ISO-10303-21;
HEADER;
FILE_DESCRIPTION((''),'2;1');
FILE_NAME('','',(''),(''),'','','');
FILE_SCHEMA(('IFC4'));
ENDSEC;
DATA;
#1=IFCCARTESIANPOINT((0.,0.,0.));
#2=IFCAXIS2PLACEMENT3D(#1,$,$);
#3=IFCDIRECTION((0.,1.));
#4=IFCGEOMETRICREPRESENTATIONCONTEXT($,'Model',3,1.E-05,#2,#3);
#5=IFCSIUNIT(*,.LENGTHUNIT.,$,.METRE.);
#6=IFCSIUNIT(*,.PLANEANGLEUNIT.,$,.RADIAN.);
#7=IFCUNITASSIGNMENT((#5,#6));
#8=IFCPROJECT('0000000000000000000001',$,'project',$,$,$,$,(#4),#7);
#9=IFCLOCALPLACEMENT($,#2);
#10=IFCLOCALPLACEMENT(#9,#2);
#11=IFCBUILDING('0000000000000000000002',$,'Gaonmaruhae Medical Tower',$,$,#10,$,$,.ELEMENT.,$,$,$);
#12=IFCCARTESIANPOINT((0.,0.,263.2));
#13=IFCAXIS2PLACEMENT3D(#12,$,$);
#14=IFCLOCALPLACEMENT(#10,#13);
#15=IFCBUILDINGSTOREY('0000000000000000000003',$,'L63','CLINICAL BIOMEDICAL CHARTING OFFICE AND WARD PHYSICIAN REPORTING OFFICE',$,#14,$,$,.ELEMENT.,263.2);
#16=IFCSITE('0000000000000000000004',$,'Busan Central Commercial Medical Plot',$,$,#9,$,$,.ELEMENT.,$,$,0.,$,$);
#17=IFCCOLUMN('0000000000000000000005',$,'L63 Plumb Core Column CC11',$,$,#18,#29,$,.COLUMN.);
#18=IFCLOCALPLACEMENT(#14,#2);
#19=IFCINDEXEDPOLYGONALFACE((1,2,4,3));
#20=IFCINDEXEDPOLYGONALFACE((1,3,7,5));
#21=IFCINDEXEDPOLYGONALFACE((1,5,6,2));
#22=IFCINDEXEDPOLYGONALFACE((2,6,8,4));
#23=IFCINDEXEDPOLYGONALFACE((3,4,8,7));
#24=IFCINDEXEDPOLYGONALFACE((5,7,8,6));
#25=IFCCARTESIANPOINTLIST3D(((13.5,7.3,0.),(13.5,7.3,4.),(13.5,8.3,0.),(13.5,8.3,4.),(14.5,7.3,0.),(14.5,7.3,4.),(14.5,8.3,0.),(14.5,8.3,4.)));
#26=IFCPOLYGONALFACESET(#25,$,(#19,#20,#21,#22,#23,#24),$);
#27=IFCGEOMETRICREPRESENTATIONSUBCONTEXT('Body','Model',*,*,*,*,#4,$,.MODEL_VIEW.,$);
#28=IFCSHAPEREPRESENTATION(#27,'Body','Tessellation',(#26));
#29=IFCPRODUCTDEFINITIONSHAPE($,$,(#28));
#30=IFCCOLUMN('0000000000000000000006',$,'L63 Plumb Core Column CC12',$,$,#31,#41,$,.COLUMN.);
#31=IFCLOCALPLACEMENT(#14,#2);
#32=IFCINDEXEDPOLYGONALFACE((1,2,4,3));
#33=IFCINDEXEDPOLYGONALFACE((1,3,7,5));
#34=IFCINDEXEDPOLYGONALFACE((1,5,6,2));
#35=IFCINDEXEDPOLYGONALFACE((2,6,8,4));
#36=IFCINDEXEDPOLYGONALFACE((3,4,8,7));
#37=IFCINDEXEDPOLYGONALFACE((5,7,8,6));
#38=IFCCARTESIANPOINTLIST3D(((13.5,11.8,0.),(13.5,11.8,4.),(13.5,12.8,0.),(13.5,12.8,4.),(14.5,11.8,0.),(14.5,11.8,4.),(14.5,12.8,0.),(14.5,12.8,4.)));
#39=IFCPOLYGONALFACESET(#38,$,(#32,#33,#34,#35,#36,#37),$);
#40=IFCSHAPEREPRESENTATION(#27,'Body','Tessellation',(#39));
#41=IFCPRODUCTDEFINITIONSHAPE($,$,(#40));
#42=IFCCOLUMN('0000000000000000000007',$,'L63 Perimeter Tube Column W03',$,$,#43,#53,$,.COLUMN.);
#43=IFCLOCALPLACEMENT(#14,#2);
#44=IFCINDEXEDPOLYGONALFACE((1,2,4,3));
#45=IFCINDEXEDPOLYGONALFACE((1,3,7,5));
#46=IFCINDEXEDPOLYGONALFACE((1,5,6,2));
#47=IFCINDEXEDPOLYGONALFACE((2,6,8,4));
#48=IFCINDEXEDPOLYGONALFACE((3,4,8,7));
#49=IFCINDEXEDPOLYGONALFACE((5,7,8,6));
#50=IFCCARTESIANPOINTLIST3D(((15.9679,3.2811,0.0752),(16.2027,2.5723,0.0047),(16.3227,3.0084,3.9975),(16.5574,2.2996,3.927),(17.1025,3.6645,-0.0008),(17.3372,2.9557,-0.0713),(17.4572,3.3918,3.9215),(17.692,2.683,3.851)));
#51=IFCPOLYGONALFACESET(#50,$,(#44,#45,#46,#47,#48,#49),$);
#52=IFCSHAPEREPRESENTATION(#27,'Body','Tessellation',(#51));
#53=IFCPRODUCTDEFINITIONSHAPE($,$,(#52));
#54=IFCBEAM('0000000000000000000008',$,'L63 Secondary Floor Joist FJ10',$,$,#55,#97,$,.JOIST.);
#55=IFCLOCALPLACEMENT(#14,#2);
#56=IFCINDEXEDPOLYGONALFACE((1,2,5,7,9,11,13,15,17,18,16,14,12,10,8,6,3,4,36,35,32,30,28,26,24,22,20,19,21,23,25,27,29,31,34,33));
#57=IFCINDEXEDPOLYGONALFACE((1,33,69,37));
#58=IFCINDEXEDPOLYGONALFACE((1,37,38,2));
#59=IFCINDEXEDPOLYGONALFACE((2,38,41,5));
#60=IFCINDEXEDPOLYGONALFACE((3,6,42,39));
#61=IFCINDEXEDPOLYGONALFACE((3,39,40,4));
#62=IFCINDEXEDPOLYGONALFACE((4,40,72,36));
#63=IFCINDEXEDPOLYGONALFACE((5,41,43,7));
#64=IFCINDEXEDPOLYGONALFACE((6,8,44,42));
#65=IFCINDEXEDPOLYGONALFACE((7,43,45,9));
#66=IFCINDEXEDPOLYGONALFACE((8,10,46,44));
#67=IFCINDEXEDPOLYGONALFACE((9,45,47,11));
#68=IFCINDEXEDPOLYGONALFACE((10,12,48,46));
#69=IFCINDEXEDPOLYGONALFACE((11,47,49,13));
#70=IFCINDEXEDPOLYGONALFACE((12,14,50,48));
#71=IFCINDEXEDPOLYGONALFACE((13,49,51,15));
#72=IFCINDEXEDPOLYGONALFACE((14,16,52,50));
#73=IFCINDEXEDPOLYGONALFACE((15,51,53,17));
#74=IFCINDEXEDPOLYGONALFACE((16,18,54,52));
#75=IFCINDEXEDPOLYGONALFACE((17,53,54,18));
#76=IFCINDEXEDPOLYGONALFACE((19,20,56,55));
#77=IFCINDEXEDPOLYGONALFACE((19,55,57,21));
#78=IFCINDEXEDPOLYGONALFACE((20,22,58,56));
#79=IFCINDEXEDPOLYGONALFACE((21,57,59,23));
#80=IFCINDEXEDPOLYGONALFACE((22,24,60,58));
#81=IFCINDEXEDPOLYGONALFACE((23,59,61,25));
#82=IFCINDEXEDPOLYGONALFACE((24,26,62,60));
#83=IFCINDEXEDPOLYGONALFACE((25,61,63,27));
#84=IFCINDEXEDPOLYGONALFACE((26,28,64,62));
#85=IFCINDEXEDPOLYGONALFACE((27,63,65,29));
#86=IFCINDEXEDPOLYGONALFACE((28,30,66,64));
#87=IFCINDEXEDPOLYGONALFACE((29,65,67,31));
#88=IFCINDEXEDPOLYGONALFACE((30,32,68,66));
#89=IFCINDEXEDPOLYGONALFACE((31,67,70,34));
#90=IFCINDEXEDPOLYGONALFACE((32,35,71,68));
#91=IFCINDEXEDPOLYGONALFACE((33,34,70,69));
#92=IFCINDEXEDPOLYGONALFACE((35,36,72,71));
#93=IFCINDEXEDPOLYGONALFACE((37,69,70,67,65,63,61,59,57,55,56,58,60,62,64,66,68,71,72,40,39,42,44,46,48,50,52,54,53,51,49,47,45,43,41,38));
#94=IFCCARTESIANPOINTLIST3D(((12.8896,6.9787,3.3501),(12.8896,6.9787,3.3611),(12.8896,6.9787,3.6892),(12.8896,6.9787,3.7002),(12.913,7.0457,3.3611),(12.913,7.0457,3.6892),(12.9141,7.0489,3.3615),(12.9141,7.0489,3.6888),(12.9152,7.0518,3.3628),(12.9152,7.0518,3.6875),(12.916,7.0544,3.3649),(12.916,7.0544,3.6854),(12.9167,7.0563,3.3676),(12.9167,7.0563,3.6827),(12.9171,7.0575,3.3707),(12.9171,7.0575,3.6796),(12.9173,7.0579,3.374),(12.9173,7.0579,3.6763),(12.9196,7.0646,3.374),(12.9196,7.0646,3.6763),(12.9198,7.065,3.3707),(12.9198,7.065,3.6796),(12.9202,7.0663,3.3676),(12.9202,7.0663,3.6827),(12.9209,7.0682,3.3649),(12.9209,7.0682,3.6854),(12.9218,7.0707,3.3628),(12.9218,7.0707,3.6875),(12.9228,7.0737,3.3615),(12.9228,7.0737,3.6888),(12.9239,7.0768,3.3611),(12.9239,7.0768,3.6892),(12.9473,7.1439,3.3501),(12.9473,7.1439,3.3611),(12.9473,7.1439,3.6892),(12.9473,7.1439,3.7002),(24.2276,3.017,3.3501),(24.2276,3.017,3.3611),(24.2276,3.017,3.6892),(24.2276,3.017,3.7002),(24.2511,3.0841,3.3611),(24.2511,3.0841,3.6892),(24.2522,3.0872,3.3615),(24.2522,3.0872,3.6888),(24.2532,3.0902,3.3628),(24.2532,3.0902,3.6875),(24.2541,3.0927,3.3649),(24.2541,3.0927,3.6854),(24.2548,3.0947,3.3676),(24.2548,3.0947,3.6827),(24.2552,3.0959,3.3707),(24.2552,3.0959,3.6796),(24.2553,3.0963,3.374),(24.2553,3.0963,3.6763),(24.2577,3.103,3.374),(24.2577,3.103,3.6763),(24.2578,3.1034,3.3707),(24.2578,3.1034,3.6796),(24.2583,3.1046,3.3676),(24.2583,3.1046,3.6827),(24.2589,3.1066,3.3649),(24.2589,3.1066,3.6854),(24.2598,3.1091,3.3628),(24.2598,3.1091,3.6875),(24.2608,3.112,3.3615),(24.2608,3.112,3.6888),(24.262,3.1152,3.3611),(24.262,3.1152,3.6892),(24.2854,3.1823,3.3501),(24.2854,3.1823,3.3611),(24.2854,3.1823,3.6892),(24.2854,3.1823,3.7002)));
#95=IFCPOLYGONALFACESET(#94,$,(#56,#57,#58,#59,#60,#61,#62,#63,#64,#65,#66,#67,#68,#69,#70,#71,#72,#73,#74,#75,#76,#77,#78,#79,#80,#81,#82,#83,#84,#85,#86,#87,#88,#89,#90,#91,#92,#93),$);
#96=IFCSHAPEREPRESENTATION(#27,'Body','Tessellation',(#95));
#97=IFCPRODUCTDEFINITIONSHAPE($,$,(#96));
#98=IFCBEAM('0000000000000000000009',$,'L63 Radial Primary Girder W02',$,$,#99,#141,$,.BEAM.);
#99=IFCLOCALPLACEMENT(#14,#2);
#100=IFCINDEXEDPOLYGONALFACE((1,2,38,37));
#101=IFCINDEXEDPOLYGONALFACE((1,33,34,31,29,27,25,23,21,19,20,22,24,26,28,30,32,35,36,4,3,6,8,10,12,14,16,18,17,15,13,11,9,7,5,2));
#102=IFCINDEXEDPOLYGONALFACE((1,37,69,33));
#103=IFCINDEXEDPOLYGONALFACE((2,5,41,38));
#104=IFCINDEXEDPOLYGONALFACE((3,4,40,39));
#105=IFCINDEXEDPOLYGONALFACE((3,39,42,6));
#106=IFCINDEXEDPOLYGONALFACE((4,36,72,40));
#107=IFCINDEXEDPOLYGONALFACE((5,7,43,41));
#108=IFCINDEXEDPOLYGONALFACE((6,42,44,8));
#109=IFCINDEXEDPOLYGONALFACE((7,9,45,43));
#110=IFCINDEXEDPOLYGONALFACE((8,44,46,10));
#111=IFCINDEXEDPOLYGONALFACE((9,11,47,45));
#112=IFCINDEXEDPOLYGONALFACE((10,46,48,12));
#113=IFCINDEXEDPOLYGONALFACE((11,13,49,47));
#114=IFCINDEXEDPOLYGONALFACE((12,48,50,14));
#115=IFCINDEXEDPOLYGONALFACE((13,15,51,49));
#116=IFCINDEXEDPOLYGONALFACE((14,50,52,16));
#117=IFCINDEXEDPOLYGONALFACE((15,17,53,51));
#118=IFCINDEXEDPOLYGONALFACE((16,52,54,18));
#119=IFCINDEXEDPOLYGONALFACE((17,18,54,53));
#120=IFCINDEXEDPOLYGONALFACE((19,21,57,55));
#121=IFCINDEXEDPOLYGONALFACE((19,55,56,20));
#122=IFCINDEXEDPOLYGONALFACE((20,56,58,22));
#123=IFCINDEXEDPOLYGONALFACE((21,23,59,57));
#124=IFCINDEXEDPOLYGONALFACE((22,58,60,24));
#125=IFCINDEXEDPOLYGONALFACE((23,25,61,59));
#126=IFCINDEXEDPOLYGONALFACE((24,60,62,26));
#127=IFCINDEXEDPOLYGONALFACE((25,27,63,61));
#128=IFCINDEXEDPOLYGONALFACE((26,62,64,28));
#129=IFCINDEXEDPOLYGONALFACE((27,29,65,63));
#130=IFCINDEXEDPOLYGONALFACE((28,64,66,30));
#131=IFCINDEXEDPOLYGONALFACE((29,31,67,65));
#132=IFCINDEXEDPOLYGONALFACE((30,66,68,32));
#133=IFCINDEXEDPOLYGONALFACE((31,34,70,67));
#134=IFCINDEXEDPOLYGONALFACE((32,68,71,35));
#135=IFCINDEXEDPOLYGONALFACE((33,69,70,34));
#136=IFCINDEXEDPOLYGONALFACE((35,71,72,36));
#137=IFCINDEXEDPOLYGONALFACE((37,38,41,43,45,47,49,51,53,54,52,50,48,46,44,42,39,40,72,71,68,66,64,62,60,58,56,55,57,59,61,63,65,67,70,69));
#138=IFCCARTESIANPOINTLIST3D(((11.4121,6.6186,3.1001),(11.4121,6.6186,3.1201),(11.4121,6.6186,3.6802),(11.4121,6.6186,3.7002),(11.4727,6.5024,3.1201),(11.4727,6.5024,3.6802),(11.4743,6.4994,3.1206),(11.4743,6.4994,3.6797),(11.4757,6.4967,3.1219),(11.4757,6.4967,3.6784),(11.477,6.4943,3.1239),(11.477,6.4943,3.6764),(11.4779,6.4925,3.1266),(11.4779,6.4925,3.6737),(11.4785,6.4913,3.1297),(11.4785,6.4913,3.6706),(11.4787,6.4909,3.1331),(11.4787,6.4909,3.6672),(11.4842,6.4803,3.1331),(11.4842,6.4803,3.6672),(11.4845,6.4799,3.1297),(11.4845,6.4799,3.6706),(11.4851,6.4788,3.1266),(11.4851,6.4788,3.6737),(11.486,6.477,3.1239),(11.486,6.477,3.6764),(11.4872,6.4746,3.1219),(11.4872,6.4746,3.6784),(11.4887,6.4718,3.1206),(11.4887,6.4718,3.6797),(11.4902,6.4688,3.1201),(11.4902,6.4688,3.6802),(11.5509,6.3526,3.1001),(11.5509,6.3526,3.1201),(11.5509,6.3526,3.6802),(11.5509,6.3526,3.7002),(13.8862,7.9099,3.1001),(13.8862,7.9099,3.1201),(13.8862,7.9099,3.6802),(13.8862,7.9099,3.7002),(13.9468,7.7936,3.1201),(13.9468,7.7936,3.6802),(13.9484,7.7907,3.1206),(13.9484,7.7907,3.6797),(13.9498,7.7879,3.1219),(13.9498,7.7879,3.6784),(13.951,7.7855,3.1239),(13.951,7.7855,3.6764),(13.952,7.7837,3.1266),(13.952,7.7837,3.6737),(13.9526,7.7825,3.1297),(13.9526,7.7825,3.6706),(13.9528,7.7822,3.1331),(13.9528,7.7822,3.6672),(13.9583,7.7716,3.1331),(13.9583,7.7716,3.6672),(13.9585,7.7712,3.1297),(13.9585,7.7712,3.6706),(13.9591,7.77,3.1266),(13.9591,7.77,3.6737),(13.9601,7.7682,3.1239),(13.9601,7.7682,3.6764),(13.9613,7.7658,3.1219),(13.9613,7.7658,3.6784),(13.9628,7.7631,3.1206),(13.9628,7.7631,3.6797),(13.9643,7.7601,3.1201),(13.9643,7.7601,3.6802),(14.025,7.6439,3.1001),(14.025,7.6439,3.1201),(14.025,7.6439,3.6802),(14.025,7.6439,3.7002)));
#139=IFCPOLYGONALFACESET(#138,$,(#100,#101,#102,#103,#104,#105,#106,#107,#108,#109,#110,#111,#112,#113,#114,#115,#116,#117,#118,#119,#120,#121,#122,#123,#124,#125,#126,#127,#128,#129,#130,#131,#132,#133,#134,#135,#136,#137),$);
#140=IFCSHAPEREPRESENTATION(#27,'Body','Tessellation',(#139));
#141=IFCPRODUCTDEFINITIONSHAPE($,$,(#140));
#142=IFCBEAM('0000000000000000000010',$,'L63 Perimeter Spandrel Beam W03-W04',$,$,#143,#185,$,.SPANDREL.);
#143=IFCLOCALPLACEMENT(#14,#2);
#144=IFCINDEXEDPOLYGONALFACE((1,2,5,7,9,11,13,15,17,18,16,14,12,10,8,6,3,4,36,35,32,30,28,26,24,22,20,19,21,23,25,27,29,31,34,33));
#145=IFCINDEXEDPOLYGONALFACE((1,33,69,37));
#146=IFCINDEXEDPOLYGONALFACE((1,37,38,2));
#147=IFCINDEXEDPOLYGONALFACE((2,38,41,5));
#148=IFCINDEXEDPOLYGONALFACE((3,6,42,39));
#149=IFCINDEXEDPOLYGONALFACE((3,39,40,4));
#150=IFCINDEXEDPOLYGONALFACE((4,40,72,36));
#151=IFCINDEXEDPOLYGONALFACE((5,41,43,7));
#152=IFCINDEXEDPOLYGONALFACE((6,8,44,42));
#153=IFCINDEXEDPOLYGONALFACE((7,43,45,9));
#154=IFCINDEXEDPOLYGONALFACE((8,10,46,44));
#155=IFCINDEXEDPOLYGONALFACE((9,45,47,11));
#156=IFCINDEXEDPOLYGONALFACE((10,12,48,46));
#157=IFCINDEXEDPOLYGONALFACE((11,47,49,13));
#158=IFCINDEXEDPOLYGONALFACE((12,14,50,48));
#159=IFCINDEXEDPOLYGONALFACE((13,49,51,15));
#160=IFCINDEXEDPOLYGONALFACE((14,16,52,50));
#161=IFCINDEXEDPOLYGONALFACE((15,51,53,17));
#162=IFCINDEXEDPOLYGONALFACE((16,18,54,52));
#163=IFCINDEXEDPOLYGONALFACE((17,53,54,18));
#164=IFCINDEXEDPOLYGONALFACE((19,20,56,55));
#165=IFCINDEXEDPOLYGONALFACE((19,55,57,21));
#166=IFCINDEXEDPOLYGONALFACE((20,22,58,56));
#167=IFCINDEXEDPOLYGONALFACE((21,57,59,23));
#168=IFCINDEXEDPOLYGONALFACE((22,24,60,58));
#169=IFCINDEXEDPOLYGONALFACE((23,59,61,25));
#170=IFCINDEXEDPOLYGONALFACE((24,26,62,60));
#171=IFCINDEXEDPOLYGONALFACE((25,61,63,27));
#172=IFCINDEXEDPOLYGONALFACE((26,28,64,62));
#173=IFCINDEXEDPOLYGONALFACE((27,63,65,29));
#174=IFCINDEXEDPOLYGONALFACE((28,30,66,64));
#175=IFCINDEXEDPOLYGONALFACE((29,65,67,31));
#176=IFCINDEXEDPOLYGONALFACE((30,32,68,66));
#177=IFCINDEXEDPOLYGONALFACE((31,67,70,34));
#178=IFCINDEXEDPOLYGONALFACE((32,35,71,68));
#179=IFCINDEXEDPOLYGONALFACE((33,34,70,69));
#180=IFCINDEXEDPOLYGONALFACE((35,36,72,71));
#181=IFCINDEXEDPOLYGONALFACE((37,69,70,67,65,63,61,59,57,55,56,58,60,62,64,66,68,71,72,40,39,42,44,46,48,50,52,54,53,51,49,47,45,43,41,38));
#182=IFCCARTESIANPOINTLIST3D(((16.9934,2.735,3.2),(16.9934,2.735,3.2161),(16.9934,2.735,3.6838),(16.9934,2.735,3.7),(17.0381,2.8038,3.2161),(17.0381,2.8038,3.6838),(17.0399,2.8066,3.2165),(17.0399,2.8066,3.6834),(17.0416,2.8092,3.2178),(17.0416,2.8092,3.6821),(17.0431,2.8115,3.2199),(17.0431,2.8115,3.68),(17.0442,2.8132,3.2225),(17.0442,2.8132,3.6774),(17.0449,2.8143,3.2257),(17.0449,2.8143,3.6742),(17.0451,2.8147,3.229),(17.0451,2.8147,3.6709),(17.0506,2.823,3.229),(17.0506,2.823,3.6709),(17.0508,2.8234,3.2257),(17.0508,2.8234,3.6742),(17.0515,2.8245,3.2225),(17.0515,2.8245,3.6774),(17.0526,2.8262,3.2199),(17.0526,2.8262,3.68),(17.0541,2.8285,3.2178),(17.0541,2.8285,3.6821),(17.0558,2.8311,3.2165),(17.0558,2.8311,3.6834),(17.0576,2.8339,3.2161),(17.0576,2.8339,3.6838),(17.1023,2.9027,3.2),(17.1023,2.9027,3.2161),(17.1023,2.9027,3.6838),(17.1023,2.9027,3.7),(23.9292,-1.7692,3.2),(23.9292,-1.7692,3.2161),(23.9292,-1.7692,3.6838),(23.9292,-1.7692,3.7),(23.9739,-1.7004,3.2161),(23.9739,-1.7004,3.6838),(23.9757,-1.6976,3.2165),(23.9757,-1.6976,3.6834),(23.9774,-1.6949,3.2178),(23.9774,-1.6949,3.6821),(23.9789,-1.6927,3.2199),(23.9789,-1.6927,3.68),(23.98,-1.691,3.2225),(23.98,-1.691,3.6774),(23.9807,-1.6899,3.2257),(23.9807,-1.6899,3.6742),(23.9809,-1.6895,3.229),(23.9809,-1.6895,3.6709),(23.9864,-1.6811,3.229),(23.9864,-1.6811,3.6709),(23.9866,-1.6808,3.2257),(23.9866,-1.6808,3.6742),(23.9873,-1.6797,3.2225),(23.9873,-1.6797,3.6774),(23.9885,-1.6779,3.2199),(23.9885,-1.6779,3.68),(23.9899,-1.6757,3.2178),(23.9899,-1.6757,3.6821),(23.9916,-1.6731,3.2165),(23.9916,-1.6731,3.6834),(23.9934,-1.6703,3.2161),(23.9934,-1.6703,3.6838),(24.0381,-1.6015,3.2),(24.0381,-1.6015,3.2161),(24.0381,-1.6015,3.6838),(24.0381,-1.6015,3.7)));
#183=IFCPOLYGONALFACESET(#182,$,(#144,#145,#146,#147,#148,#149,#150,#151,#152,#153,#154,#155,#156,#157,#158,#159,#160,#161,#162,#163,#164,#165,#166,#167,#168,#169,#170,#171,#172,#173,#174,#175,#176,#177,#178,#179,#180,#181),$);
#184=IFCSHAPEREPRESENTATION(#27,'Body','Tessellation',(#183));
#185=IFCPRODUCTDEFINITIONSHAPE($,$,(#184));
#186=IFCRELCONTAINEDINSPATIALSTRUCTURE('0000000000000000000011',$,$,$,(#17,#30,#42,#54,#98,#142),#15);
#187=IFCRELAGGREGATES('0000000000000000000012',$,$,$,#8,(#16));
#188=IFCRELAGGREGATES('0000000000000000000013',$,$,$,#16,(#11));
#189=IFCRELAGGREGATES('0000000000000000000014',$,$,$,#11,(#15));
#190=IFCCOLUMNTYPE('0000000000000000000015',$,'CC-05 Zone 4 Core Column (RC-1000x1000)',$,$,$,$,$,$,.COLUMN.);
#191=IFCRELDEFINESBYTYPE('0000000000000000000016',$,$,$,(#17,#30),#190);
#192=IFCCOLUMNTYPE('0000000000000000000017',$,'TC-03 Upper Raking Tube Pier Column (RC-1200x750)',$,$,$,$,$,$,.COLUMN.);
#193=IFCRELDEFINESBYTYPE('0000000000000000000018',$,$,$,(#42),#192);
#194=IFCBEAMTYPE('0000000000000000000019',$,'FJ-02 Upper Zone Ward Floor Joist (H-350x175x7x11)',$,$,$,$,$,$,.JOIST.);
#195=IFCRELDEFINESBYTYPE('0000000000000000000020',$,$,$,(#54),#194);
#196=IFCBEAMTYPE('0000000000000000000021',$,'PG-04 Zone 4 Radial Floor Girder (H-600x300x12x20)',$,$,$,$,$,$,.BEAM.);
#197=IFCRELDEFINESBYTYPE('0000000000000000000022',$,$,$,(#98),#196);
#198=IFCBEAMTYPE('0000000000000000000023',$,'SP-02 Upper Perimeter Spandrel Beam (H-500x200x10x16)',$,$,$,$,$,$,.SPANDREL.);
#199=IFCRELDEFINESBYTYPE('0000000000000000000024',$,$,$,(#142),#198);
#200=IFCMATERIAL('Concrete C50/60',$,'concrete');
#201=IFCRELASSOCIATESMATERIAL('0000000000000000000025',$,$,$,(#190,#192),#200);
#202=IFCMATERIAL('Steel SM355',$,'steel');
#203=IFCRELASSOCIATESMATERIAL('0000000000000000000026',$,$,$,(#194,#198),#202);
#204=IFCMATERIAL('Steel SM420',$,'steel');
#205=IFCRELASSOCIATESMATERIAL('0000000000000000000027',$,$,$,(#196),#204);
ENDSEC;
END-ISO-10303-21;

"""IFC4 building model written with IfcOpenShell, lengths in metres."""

from ifc_helpers import new_model, si_unit, direction, frame, origin, origin_2d, place, context, subcontext, project, spatial, rectangle, i_section, extrude, material, material_profile, profile_set, type_object, element, save


model = new_model("IFC4")

# Units and contexts
model_context = context("Model", 3, precision=1e-05, world=origin(), true_north=direction((0.0, 1.0)))
body_context = subcontext(model_context, "Body", "Model", "MODEL_VIEW")
ifc_project = project(units=[si_unit("LENGTHUNIT", "METRE"), si_unit("PLANEANGLEUNIT", "RADIAN")], contexts=[model_context])

# Site, building, storey
site_placement = place(None, origin())
site = spatial("IfcSite", under=ifc_project, at=site_placement, Name="Busan Central Commercial Medical Plot", CompositionType="ELEMENT", RefElevation=0.0)
building_placement = place(site_placement, origin())
building = spatial("IfcBuilding", under=site, at=building_placement, Name="Gaonmaruhae Medical Tower", CompositionType="ELEMENT")
storey_placement = place(building_placement, frame((0.0, 0.0, 263.2)))
storey = spatial("IfcBuildingStorey", under=building, at=storey_placement, Name="L63", Description="CLINICAL BIOMEDICAL CHARTING OFFICE AND WARD PHYSICIAN REPORTING OFFICE", CompositionType="ELEMENT", Elevation=263.2)

# Columns
ifc_material_1 = material(Name="Concrete C50/60", Category="concrete")
ifc_material_profile_1 = material_profile(ifc_material_1, rectangle(XDim=1.0, YDim=1.0, at=origin_2d()), Name="RC-1000x1000")
ifc_profile_set_1 = profile_set([ifc_material_profile_1], Name="Concrete C50/60")
column_type_1 = type_object("IfcColumnType", Name="CC-05 Zone 4 Core Column (RC-1000x1000)", PredefinedType="COLUMN", material=ifc_profile_set_1)
for number, where, z_axis, x_axis, name in (
    (1, (14.0, 7.8, 0.0), (0.0, 0.0, 1.0), (1.0, 0.0, 0.0), "L63 Plumb Core Column CC11"),
    (2, (14.0, 12.3, 0.0), (0.0, 0.0, 1.0), (1.0, 0.0, 0.0), "L63 Plumb Core Column CC12"),
):
    element("IfcColumn", number, at=place(storey_placement, frame(where, z_axis=z_axis, x_axis=x_axis)), inside=storey, type_object=column_type_1, Name=name, PredefinedType="COLUMN", context=body_context, shape_type="SweptSolid", body=[
        extrude(rectangle(XDim=1.0, YDim=1.0, at=origin_2d()), origin(), (0.0, 0.0, 1.0), 4.0),
    ])
ifc_material_profile_2 = material_profile(ifc_material_1, rectangle(XDim=1.2, YDim=0.75, at=origin_2d()), Name="RC-1200x750")
ifc_profile_set_2 = profile_set([ifc_material_profile_2], Name="Concrete C50/60")
column_type_2 = type_object("IfcColumnType", Name="TC-03 Upper Raking Tube Pier Column (RC-1200x750)", PredefinedType="COLUMN", material=ifc_profile_set_2)
column_placement = place(storey_placement, frame((16.6526, 3.1184, 0.002), z_axis=(0.089857, -0.069078, 0.993556), x_axis=(-0.945479, -0.319474, 0.063297)))
element("IfcColumn", 3, at=column_placement, inside=storey, type_object=column_type_2, Name="L63 Perimeter Tube Column W03", PredefinedType="COLUMN", context=body_context, shape_type="SweptSolid", body=[
    extrude(rectangle(XDim=1.2, YDim=0.75, at=origin_2d()), origin(), (0.0, 0.0, 1.0), 3.9478),
])

# Beams
ifc_material_2 = material(Name="Steel SM355", Category="steel")
ifc_material_profile_3 = material_profile(ifc_material_2, i_section(OverallWidth=0.175, OverallDepth=0.3501, WebThickness=0.0071, FlangeThickness=0.011, FilletRadius=0.0129, at=origin_2d()), Name="H-350x175x7x11")
ifc_profile_set_3 = profile_set([ifc_material_profile_3], Name="Steel SM355")
beam_type_1 = type_object("IfcBeamType", Name="FJ-02 Upper Zone Ward Floor Joist (H-350x175x7x11)", PredefinedType="JOIST", material=ifc_profile_set_3)
beam_1_placement = place(storey_placement, frame((12.9185, 7.0613, 3.5251), z_axis=(0.944032, -0.329855, 0.0), x_axis=(0.329855, 0.944032, 0.0)))
element("IfcBeam", 4, at=beam_1_placement, inside=storey, type_object=beam_type_1, Name="L63 Secondary Floor Joist FJ10", PredefinedType="JOIST", context=body_context, shape_type="SweptSolid", body=[
    extrude(i_section(OverallWidth=0.175, OverallDepth=0.3501, WebThickness=0.0071, FlangeThickness=0.011, FilletRadius=0.0129, at=origin_2d()), origin(), (0.0, 0.0, 1.0), 12.0103),
])
ifc_material_3 = material(Name="Steel SM420", Category="steel")
ifc_material_profile_4 = material_profile(ifc_material_3, i_section(OverallWidth=0.3, OverallDepth=0.6001, WebThickness=0.012, FlangeThickness=0.02, FilletRadius=0.0129, at=origin_2d()), Name="H-600x300x12x20")
ifc_profile_set_4 = profile_set([ifc_material_profile_4], Name="Steel SM420")
beam_type_2 = type_object("IfcBeamType", Name="PG-04 Zone 4 Radial Floor Girder (H-600x300x12x20)", PredefinedType="BEAM", material=ifc_profile_set_4)
beam_2_placement = place(storey_placement, frame((13.9556, 7.7769, 3.4001), z_axis=(-0.886524, -0.462683, 0.0), x_axis=(0.462683, -0.886524, 0.0)))
element("IfcBeam", 5, at=beam_2_placement, inside=storey, type_object=beam_type_2, Name="L63 Radial Primary Girder W02", PredefinedType="BEAM", context=body_context, shape_type="SweptSolid", body=[
    extrude(i_section(OverallWidth=0.3, OverallDepth=0.6001, WebThickness=0.012, FlangeThickness=0.02, FilletRadius=0.0129, at=origin_2d()), origin(), (0.0, 0.0, 1.0), 2.7908),
])
ifc_material_profile_5 = material_profile(ifc_material_2, i_section(OverallWidth=0.2, OverallDepth=0.5, WebThickness=0.01, FlangeThickness=0.0161, FilletRadius=0.0129, at=origin_2d()), Name="H-500x200x10x16")
ifc_profile_set_5 = profile_set([ifc_material_profile_5], Name="Steel SM355")
beam_type_3 = type_object("IfcBeamType", Name="SP-02 Upper Perimeter Spandrel Beam (H-500x200x10x16)", PredefinedType="SPANDREL", material=ifc_profile_set_5)
beam_3_placement = place(storey_placement, frame((17.0479, 2.8188, 3.45), z_axis=(0.838671, -0.544639, 0.0), x_axis=(0.544639, 0.838671, 0.0)))
element("IfcBeam", 6, at=beam_3_placement, inside=storey, type_object=beam_type_3, Name="L63 Perimeter Spandrel Beam W03-W04", PredefinedType="SPANDREL", context=body_context, shape_type="SweptSolid", body=[
    extrude(i_section(OverallWidth=0.2, OverallDepth=0.5, WebThickness=0.01, FlangeThickness=0.0161, FilletRadius=0.0129, at=origin_2d()), origin(), (0.0, 0.0, 1.0), 8.27),
])

save(model, "model.ifc")
